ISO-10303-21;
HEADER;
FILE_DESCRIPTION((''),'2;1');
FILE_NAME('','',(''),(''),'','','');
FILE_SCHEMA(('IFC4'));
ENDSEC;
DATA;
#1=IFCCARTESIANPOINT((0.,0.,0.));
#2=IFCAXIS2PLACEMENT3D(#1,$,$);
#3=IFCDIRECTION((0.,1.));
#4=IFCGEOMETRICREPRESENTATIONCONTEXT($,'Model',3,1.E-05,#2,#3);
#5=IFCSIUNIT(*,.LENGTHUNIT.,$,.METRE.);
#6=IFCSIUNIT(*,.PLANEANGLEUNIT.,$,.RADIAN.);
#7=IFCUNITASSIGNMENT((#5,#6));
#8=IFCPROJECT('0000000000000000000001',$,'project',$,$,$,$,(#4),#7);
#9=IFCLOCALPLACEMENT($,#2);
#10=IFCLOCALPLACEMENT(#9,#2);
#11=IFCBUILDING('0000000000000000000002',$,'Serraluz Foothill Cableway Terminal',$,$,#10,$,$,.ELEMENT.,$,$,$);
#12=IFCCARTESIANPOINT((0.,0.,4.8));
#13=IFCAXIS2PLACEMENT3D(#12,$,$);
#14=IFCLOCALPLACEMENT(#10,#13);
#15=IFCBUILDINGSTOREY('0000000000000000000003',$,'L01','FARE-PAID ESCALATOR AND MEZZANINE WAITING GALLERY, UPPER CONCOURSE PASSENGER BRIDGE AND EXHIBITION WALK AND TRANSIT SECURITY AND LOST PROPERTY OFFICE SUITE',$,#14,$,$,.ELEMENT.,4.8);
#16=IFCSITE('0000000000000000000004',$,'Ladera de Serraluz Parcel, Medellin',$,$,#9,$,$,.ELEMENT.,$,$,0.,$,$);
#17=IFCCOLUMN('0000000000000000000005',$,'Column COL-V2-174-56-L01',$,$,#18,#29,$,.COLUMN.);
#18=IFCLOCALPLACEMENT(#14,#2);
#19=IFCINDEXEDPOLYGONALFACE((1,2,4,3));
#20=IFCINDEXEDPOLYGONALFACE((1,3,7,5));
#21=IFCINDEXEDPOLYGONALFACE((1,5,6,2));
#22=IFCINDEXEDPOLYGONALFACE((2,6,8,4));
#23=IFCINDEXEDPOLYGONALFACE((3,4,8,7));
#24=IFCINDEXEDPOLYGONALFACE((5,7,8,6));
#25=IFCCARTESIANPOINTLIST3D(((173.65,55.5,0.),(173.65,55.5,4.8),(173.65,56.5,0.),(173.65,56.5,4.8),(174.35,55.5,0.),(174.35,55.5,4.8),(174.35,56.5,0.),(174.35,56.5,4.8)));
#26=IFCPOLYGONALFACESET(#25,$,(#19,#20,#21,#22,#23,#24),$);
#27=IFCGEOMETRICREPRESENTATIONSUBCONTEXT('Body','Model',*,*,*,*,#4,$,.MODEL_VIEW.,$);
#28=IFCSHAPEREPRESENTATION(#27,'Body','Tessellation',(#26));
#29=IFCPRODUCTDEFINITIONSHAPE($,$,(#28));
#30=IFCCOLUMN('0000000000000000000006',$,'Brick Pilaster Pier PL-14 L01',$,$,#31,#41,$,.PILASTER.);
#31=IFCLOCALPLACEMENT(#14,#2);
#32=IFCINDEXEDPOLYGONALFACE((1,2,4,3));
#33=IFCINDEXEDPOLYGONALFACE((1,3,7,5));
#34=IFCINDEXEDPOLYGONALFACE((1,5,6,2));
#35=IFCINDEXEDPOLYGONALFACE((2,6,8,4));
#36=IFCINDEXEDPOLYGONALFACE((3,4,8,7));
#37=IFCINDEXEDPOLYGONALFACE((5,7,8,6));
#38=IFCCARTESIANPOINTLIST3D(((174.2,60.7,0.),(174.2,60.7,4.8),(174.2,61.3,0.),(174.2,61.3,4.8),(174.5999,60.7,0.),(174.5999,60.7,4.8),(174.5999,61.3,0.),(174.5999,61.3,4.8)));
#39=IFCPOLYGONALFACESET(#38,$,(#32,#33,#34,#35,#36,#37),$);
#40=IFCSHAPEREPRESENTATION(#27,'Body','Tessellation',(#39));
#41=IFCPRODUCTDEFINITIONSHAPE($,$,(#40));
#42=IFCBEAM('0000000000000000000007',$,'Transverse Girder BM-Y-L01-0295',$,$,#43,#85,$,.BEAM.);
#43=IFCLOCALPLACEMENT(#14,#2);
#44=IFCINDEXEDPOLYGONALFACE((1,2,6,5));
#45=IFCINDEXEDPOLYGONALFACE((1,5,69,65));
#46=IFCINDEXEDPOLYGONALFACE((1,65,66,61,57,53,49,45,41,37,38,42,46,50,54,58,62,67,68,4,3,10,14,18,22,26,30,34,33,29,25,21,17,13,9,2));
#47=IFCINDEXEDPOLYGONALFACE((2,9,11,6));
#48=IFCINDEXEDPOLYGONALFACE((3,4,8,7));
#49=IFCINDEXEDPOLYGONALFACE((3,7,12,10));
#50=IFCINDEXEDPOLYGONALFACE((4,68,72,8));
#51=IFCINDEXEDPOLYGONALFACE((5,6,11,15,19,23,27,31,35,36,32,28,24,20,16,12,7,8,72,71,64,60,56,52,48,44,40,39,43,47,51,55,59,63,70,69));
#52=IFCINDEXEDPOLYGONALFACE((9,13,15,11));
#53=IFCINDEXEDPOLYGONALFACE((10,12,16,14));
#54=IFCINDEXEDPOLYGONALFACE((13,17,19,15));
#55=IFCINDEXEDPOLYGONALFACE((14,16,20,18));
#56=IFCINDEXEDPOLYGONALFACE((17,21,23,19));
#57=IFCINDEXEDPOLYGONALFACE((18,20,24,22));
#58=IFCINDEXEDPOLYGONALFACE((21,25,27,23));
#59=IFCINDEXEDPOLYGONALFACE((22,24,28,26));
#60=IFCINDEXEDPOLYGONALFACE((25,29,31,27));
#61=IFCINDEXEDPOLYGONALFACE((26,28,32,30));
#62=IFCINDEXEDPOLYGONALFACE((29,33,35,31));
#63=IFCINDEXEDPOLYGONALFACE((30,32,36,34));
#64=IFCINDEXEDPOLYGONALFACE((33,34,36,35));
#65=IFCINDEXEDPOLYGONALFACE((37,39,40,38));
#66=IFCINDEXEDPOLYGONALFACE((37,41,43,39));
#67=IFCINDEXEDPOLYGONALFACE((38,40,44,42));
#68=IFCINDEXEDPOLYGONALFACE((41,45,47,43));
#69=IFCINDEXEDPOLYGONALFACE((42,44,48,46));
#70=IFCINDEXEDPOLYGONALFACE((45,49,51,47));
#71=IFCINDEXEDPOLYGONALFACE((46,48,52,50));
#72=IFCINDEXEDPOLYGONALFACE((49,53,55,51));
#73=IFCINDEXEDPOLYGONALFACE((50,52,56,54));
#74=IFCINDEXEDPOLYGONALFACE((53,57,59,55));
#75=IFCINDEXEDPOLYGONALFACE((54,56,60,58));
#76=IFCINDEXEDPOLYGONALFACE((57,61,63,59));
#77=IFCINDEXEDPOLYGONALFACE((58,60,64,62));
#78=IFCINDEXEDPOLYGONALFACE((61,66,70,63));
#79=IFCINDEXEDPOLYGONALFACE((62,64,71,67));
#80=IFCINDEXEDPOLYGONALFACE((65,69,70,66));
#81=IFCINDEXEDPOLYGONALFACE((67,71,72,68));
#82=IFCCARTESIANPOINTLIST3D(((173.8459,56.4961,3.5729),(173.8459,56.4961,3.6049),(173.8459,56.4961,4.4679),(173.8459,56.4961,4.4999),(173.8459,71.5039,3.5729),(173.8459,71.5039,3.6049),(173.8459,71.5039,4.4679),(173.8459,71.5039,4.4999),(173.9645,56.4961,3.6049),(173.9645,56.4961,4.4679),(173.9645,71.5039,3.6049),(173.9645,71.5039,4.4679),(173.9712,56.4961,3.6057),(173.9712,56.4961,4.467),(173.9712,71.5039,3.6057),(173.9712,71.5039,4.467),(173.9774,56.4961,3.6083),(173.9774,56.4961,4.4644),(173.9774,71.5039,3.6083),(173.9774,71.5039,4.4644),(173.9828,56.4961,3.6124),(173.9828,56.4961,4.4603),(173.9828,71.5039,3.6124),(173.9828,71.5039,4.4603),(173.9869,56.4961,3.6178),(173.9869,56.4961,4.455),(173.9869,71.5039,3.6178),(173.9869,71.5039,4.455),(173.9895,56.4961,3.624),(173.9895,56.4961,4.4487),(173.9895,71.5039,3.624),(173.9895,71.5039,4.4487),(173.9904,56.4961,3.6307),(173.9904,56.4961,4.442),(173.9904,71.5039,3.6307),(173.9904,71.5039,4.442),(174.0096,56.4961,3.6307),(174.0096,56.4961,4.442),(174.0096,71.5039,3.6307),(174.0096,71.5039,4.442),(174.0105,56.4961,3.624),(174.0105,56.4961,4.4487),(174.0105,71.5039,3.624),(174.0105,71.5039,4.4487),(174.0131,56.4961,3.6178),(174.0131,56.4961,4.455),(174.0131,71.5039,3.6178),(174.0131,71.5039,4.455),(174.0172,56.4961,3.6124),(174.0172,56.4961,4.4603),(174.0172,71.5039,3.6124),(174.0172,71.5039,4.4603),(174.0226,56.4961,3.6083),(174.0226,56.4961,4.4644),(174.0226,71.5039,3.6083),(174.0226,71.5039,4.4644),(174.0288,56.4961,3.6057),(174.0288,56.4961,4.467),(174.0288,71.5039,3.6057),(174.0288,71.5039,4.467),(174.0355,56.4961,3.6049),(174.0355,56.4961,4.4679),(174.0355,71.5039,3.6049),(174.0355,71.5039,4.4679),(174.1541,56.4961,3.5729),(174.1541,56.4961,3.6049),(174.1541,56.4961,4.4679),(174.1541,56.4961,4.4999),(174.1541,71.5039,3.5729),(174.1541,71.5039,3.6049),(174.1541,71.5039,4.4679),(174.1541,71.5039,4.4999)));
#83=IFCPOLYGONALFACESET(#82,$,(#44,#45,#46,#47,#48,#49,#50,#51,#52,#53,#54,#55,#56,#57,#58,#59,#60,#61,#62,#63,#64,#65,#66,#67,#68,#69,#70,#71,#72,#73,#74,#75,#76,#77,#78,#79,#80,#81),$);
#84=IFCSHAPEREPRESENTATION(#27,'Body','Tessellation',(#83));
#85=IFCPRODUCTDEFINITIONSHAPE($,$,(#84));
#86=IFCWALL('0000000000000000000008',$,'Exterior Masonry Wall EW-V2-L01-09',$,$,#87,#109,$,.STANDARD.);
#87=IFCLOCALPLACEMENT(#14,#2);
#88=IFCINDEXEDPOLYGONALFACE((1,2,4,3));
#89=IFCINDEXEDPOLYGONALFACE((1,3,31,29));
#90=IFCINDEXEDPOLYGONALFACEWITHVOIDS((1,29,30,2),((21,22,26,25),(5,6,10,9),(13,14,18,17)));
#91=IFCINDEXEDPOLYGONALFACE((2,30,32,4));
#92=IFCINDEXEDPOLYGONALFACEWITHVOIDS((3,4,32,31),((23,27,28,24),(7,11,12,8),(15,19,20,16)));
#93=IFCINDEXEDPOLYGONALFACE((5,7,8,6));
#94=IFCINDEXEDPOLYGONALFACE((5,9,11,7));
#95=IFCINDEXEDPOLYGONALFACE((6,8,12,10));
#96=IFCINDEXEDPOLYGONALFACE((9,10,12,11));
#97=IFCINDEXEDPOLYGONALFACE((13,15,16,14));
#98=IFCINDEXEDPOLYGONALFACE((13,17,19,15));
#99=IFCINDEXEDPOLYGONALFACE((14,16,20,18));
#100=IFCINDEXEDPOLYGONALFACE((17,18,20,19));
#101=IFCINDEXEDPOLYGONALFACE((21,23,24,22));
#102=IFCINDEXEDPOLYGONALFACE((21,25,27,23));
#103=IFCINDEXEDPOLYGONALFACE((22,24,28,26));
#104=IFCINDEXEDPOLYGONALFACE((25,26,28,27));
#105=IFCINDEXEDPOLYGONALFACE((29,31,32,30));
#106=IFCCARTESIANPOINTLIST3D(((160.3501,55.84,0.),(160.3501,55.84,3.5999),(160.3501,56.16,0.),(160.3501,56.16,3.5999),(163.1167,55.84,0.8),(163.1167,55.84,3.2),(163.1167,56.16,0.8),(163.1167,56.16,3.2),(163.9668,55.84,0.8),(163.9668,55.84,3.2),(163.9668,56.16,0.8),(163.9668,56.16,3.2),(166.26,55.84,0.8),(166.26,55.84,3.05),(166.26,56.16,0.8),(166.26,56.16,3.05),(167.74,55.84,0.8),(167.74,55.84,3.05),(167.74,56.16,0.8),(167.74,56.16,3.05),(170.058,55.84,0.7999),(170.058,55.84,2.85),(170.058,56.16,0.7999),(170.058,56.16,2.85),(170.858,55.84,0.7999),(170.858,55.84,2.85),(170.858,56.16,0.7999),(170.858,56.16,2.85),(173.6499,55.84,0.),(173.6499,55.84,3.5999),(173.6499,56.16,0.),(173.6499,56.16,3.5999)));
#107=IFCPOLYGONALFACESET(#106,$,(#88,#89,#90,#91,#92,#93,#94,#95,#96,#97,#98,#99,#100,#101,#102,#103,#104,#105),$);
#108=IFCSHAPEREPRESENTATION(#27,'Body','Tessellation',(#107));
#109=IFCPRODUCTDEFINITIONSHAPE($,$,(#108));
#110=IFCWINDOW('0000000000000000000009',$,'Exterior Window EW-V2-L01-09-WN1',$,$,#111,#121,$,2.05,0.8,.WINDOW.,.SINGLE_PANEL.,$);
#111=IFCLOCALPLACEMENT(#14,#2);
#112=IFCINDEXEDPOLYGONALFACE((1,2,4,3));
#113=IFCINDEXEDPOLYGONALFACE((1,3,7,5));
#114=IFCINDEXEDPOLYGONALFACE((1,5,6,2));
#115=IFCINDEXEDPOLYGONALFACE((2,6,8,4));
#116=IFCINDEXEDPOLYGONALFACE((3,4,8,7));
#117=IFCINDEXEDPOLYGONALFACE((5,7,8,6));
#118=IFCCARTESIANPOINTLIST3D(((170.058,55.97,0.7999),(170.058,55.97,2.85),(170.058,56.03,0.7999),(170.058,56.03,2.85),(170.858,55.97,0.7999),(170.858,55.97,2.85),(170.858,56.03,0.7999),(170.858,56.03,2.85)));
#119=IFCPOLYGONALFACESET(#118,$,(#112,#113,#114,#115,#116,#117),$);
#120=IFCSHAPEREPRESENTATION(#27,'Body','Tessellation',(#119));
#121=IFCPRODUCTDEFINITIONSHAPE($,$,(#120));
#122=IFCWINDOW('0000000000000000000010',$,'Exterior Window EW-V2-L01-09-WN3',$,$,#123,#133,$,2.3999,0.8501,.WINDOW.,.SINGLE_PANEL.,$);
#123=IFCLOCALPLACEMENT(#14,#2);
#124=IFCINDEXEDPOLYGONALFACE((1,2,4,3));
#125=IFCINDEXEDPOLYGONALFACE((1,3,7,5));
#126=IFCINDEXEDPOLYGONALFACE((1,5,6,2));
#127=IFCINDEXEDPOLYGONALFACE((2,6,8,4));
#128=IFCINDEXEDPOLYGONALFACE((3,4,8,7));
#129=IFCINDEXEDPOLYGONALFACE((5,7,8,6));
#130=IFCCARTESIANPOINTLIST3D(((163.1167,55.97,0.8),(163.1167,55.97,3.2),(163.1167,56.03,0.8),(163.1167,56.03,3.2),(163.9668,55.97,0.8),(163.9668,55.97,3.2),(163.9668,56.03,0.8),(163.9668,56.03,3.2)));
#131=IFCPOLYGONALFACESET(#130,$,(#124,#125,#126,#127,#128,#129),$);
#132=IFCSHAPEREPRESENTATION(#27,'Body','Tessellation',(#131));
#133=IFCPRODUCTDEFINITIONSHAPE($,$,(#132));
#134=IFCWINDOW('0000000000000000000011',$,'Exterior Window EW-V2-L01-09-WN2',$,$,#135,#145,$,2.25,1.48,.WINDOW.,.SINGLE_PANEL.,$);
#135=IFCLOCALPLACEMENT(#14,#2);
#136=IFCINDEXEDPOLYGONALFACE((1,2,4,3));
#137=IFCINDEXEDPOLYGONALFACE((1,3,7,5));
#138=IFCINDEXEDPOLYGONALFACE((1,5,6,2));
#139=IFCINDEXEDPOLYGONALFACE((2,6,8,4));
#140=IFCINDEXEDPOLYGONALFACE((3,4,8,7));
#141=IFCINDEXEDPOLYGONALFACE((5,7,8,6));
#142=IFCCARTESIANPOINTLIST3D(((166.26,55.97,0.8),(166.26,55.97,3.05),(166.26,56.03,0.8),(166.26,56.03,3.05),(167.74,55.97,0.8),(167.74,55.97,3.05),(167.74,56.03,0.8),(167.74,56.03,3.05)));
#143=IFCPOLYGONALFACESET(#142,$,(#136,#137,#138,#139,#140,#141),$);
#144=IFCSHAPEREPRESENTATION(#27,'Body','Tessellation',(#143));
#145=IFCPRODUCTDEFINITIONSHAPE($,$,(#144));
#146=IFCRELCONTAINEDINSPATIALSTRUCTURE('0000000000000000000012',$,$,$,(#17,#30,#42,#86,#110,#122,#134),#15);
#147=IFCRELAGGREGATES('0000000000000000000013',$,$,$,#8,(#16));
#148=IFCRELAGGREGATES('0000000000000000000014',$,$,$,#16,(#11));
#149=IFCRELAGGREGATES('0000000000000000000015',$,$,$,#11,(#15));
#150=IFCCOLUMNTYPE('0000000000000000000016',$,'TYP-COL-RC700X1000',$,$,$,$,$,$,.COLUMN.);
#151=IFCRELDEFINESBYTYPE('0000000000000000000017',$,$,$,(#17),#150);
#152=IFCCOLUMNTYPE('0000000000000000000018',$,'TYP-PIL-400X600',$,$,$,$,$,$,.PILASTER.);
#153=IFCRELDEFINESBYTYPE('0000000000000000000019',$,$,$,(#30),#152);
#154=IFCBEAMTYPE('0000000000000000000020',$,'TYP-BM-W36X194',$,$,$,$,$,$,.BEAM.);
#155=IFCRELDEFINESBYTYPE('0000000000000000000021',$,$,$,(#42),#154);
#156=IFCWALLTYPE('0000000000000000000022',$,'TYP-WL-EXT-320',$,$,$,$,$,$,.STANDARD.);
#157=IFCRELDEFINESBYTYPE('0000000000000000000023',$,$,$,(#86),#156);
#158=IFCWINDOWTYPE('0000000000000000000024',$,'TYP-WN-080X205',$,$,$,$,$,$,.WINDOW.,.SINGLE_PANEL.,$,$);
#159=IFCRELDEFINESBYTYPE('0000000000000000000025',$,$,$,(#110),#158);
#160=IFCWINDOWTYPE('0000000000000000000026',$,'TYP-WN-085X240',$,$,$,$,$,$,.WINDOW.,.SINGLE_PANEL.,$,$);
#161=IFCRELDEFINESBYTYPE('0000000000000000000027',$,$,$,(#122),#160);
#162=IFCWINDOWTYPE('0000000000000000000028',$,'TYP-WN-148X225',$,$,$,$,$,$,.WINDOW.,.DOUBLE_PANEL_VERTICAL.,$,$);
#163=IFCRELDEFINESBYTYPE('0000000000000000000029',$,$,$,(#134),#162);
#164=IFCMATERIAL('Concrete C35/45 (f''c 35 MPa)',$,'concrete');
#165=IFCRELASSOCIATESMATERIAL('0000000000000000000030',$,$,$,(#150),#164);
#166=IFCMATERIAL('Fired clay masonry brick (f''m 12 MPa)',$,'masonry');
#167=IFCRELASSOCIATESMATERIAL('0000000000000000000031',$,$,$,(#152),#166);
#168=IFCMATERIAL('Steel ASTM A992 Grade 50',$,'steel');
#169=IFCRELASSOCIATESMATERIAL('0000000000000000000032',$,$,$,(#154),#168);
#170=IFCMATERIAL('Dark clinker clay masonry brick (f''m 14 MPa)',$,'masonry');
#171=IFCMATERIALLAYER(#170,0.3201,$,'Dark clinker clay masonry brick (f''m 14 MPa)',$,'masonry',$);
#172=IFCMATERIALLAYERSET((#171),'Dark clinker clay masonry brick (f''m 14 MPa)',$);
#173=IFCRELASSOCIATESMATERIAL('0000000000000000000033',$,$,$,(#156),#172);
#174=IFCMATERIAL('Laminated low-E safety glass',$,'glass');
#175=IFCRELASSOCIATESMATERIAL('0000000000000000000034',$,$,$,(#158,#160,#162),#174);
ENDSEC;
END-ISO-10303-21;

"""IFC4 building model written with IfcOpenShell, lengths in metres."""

from ifc_helpers import new_model, si_unit, direction, frame, frame_2d, origin, origin_2d, place, context, subcontext, project, spatial, rectangle, i_section, extrude, material, layer, layer_set, material_profile, profile_set, type_object, element, fill, save


model = new_model("IFC4")

# Units and contexts
model_context = context("Model", 3, precision=1e-05, world=origin(), true_north=direction((0.0, 1.0)))
body_context = subcontext(model_context, "Body", "Model", "MODEL_VIEW")
ifc_project = project(units=[si_unit("LENGTHUNIT", "METRE"), si_unit("PLANEANGLEUNIT", "RADIAN")], contexts=[model_context])

# Site, building, storey
site_placement = place(None, origin())
site = spatial("IfcSite", under=ifc_project, at=site_placement, Name="Ladera de Serraluz Parcel, Medellin", CompositionType="ELEMENT", RefElevation=0.0)
building_placement = place(site_placement, origin())
building = spatial("IfcBuilding", under=site, at=building_placement, Name="Serraluz Foothill Cableway Terminal", CompositionType="ELEMENT")
storey_placement = place(building_placement, frame((0.0, 0.0, 4.8)))
storey = spatial("IfcBuildingStorey", under=building, at=storey_placement, Name="L01", Description="FARE-PAID ESCALATOR AND MEZZANINE WAITING GALLERY, UPPER CONCOURSE PASSENGER BRIDGE AND EXHIBITION WALK AND TRANSIT SECURITY AND LOST PROPERTY OFFICE SUITE", CompositionType="ELEMENT", Elevation=4.8)

# Columns
ifc_material_1 = material(Name="Concrete C35/45 (f'c 35 MPa)", Category="concrete")
ifc_material_profile_1 = material_profile(ifc_material_1, rectangle(XDim=0.7, YDim=1.0, at=origin_2d()), Name="RC 700x1000")
ifc_profile_set_1 = profile_set([ifc_material_profile_1], Name="Concrete C35/45 (f'c 35 MPa)")
column_type_1 = type_object("IfcColumnType", Name="TYP-COL-RC700X1000", PredefinedType="COLUMN", material=ifc_profile_set_1)
column_1_placement = place(storey_placement, frame((174.0, 56.0, 0.0), z_axis=(0.0, 0.0, 1.0), x_axis=(1.0, 0.0, 0.0)))
element("IfcColumn", 1, at=column_1_placement, inside=storey, type_object=column_type_1, Name="Column COL-V2-174-56-L01", PredefinedType="COLUMN", context=body_context, shape_type="SweptSolid", body=[
    extrude(rectangle(XDim=0.7, YDim=1.0, at=origin_2d()), origin(), (0.0, 0.0, 1.0), 4.8),
])
ifc_material_2 = material(Name="Fired clay masonry brick (f'm 12 MPa)", Category="masonry")
ifc_material_profile_2 = material_profile(ifc_material_2, rectangle(XDim=0.3999, YDim=0.6001, at=origin_2d()), Name="PIL 400x600")
ifc_profile_set_2 = profile_set([ifc_material_profile_2], Name="Fired clay masonry brick (f'm 12 MPa)")
column_type_2 = type_object("IfcColumnType", Name="TYP-PIL-400X600", PredefinedType="PILASTER", material=ifc_profile_set_2)
column_2_placement = place(storey_placement, frame((174.3999, 61.0, 0.0), z_axis=(0.0, 0.0, 1.0), x_axis=(1.0, 0.0, 0.0)))
element("IfcColumn", 2, at=column_2_placement, inside=storey, type_object=column_type_2, Name="Brick Pilaster Pier PL-14 L01", PredefinedType="PILASTER", context=body_context, shape_type="SweptSolid", body=[
    extrude(rectangle(XDim=0.3999, YDim=0.6001, at=origin_2d()), origin(), (0.0, 0.0, 1.0), 4.8),
])

# Beam
ifc_material_3 = material(Name="Steel ASTM A992 Grade 50", Category="steel")
ifc_material_profile_3 = material_profile(ifc_material_3, i_section(OverallWidth=0.3081, OverallDepth=0.927, WebThickness=0.0193, FlangeThickness=0.032, FilletRadius=0.0259, at=origin_2d()), Name="W36X194")
ifc_profile_set_3 = profile_set([ifc_material_profile_3], Name="Steel ASTM A992 Grade 50")
beam_type = type_object("IfcBeamType", Name="TYP-BM-W36X194", PredefinedType="BEAM", material=ifc_profile_set_3)
beam_placement = place(storey_placement, frame((174.0, 56.4961, 4.0364), z_axis=(0.0, 1.0, 0.0), x_axis=(-1.0, 0.0, 0.0)))
element("IfcBeam", 3, at=beam_placement, inside=storey, type_object=beam_type, Name="Transverse Girder BM-Y-L01-0295", PredefinedType="BEAM", context=body_context, shape_type="SweptSolid", body=[
    extrude(i_section(OverallWidth=0.3081, OverallDepth=0.927, WebThickness=0.0193, FlangeThickness=0.032, FilletRadius=0.0259, at=origin_2d()), origin(), (0.0, 0.0, 1.0), 15.0078),
])

# Wall, openings, windows
ifc_material_4 = material(Name="Dark clinker clay masonry brick (f'm 14 MPa)", Category="masonry")
ifc_layer_1 = layer(ifc_material_4, 0.3201, Name="Dark clinker clay masonry brick (f'm 14 MPa)", Category="masonry")
ifc_layer_set_1 = layer_set([ifc_layer_1], Name="Dark clinker clay masonry brick (f'm 14 MPa)")
wall_type_1 = type_object("IfcWallType", Name="TYP-WL-EXT-320", PredefinedType="STANDARD", material=ifc_layer_set_1)
wall_1_placement = place(storey_placement, frame((173.6499, 56.0, 0.0), z_axis=(0.0, 0.0, 1.0), x_axis=(-1.0, 0.0, 0.0)))
wall_1 = element("IfcWall", 4, at=wall_1_placement, inside=storey, type_object=wall_type_1, Name="Exterior Masonry Wall EW-V2-L01-09", PredefinedType="STANDARD", context=body_context, shape_type="SweptSolid", body=[
    extrude(rectangle(XDim=13.2998, YDim=0.3201, at=frame_2d((6.6499, 0.0))), origin(), (0.0, 0.0, 1.0), 3.5999),
])
opening_1_placement = place(wall_1_placement, frame((2.792, 0.0, 0.8)))
opening_1 = element("IfcOpeningElement", 5, at=opening_1_placement, cuts=wall_1, PredefinedType="OPENING", context=body_context, shape_type="SweptSolid", body=[
    extrude(rectangle(XDim=0.8, YDim=2.05, at=frame_2d((0.3999, 1.0249))), frame((0.0, 0.1699, 0.0), z_axis=(0.0, -1.0, 0.0), x_axis=(1.0, 0.0, 0.0)), (0.0, 0.0, 1.0), 0.3401),
])
opening_2_placement = place(wall_1_placement, frame((5.9099, 0.0, 0.8)))
opening_2 = element("IfcOpeningElement", 6, at=opening_2_placement, cuts=wall_1, PredefinedType="OPENING", context=body_context, shape_type="SweptSolid", body=[
    extrude(rectangle(XDim=1.48, YDim=2.25, at=frame_2d((0.74, 1.125))), frame((0.0, 0.1699, 0.0), z_axis=(0.0, -1.0, 0.0), x_axis=(1.0, 0.0, 0.0)), (0.0, 0.0, 1.0), 0.3401),
])
opening_3_placement = place(wall_1_placement, frame((9.6831, 0.0, 0.8)))
opening_3 = element("IfcOpeningElement", 7, at=opening_3_placement, cuts=wall_1, PredefinedType="OPENING", context=body_context, shape_type="SweptSolid", body=[
    extrude(rectangle(XDim=0.8501, YDim=2.3999, at=frame_2d((0.425, 1.2))), frame((0.0, 0.1699, 0.0), z_axis=(0.0, -1.0, 0.0), x_axis=(1.0, 0.0, 0.0)), (0.0, 0.0, 1.0), 0.3401),
])
ifc_material_5 = material(Name="Laminated low-E safety glass", Category="glass")
window_type_1 = type_object("IfcWindowType", Name="TYP-WN-080X205", PartitioningType="SINGLE_PANEL", PredefinedType="WINDOW", material=ifc_material_5)
window_1_placement = place(opening_1_placement, origin())
window_1 = element("IfcWindow", 8, at=window_1_placement, inside=storey, type_object=window_type_1, Name="Exterior Window EW-V2-L01-09-WN1", OverallHeight=2.05, OverallWidth=0.8, PartitioningType="SINGLE_PANEL", PredefinedType="WINDOW", context=body_context, shape_type="SweptSolid", body=[
    extrude(rectangle(XDim=0.8, YDim=2.05, at=frame_2d((0.3999, 1.0249))), frame((0.0, 0.03, 0.0), z_axis=(0.0, -1.0, 0.0), x_axis=(1.0, 0.0, 0.0)), (0.0, 0.0, 1.0), 0.0601),
])
fill(opening_1, window_1)
window_type_2 = type_object("IfcWindowType", Name="TYP-WN-085X240", PartitioningType="SINGLE_PANEL", PredefinedType="WINDOW", material=ifc_material_5)
window_2_placement = place(opening_3_placement, origin())
window_2 = element("IfcWindow", 9, at=window_2_placement, inside=storey, type_object=window_type_2, Name="Exterior Window EW-V2-L01-09-WN3", OverallHeight=2.3999, OverallWidth=0.8501, PartitioningType="SINGLE_PANEL", PredefinedType="WINDOW", context=body_context, shape_type="SweptSolid", body=[
    extrude(rectangle(XDim=0.8501, YDim=2.3999, at=frame_2d((0.425, 1.2))), frame((0.0, 0.03, 0.0), z_axis=(0.0, -1.0, 0.0), x_axis=(1.0, 0.0, 0.0)), (0.0, 0.0, 1.0), 0.0601),
])
fill(opening_3, window_2)
window_type_3 = type_object("IfcWindowType", Name="TYP-WN-148X225", PartitioningType="DOUBLE_PANEL_VERTICAL", PredefinedType="WINDOW", material=ifc_material_5)
window_3_placement = place(opening_2_placement, origin())
window_3 = element("IfcWindow", 10, at=window_3_placement, inside=storey, type_object=window_type_3, Name="Exterior Window EW-V2-L01-09-WN2", OverallHeight=2.25, OverallWidth=1.48, PartitioningType="SINGLE_PANEL", PredefinedType="WINDOW", context=body_context, shape_type="SweptSolid", body=[
    extrude(rectangle(XDim=1.48, YDim=2.25, at=frame_2d((0.74, 1.125))), frame((0.0, 0.03, 0.0), z_axis=(0.0, -1.0, 0.0), x_axis=(1.0, 0.0, 0.0)), (0.0, 0.0, 1.0), 0.0601),
])
fill(opening_2, window_3)

save(model, "model.ifc")
